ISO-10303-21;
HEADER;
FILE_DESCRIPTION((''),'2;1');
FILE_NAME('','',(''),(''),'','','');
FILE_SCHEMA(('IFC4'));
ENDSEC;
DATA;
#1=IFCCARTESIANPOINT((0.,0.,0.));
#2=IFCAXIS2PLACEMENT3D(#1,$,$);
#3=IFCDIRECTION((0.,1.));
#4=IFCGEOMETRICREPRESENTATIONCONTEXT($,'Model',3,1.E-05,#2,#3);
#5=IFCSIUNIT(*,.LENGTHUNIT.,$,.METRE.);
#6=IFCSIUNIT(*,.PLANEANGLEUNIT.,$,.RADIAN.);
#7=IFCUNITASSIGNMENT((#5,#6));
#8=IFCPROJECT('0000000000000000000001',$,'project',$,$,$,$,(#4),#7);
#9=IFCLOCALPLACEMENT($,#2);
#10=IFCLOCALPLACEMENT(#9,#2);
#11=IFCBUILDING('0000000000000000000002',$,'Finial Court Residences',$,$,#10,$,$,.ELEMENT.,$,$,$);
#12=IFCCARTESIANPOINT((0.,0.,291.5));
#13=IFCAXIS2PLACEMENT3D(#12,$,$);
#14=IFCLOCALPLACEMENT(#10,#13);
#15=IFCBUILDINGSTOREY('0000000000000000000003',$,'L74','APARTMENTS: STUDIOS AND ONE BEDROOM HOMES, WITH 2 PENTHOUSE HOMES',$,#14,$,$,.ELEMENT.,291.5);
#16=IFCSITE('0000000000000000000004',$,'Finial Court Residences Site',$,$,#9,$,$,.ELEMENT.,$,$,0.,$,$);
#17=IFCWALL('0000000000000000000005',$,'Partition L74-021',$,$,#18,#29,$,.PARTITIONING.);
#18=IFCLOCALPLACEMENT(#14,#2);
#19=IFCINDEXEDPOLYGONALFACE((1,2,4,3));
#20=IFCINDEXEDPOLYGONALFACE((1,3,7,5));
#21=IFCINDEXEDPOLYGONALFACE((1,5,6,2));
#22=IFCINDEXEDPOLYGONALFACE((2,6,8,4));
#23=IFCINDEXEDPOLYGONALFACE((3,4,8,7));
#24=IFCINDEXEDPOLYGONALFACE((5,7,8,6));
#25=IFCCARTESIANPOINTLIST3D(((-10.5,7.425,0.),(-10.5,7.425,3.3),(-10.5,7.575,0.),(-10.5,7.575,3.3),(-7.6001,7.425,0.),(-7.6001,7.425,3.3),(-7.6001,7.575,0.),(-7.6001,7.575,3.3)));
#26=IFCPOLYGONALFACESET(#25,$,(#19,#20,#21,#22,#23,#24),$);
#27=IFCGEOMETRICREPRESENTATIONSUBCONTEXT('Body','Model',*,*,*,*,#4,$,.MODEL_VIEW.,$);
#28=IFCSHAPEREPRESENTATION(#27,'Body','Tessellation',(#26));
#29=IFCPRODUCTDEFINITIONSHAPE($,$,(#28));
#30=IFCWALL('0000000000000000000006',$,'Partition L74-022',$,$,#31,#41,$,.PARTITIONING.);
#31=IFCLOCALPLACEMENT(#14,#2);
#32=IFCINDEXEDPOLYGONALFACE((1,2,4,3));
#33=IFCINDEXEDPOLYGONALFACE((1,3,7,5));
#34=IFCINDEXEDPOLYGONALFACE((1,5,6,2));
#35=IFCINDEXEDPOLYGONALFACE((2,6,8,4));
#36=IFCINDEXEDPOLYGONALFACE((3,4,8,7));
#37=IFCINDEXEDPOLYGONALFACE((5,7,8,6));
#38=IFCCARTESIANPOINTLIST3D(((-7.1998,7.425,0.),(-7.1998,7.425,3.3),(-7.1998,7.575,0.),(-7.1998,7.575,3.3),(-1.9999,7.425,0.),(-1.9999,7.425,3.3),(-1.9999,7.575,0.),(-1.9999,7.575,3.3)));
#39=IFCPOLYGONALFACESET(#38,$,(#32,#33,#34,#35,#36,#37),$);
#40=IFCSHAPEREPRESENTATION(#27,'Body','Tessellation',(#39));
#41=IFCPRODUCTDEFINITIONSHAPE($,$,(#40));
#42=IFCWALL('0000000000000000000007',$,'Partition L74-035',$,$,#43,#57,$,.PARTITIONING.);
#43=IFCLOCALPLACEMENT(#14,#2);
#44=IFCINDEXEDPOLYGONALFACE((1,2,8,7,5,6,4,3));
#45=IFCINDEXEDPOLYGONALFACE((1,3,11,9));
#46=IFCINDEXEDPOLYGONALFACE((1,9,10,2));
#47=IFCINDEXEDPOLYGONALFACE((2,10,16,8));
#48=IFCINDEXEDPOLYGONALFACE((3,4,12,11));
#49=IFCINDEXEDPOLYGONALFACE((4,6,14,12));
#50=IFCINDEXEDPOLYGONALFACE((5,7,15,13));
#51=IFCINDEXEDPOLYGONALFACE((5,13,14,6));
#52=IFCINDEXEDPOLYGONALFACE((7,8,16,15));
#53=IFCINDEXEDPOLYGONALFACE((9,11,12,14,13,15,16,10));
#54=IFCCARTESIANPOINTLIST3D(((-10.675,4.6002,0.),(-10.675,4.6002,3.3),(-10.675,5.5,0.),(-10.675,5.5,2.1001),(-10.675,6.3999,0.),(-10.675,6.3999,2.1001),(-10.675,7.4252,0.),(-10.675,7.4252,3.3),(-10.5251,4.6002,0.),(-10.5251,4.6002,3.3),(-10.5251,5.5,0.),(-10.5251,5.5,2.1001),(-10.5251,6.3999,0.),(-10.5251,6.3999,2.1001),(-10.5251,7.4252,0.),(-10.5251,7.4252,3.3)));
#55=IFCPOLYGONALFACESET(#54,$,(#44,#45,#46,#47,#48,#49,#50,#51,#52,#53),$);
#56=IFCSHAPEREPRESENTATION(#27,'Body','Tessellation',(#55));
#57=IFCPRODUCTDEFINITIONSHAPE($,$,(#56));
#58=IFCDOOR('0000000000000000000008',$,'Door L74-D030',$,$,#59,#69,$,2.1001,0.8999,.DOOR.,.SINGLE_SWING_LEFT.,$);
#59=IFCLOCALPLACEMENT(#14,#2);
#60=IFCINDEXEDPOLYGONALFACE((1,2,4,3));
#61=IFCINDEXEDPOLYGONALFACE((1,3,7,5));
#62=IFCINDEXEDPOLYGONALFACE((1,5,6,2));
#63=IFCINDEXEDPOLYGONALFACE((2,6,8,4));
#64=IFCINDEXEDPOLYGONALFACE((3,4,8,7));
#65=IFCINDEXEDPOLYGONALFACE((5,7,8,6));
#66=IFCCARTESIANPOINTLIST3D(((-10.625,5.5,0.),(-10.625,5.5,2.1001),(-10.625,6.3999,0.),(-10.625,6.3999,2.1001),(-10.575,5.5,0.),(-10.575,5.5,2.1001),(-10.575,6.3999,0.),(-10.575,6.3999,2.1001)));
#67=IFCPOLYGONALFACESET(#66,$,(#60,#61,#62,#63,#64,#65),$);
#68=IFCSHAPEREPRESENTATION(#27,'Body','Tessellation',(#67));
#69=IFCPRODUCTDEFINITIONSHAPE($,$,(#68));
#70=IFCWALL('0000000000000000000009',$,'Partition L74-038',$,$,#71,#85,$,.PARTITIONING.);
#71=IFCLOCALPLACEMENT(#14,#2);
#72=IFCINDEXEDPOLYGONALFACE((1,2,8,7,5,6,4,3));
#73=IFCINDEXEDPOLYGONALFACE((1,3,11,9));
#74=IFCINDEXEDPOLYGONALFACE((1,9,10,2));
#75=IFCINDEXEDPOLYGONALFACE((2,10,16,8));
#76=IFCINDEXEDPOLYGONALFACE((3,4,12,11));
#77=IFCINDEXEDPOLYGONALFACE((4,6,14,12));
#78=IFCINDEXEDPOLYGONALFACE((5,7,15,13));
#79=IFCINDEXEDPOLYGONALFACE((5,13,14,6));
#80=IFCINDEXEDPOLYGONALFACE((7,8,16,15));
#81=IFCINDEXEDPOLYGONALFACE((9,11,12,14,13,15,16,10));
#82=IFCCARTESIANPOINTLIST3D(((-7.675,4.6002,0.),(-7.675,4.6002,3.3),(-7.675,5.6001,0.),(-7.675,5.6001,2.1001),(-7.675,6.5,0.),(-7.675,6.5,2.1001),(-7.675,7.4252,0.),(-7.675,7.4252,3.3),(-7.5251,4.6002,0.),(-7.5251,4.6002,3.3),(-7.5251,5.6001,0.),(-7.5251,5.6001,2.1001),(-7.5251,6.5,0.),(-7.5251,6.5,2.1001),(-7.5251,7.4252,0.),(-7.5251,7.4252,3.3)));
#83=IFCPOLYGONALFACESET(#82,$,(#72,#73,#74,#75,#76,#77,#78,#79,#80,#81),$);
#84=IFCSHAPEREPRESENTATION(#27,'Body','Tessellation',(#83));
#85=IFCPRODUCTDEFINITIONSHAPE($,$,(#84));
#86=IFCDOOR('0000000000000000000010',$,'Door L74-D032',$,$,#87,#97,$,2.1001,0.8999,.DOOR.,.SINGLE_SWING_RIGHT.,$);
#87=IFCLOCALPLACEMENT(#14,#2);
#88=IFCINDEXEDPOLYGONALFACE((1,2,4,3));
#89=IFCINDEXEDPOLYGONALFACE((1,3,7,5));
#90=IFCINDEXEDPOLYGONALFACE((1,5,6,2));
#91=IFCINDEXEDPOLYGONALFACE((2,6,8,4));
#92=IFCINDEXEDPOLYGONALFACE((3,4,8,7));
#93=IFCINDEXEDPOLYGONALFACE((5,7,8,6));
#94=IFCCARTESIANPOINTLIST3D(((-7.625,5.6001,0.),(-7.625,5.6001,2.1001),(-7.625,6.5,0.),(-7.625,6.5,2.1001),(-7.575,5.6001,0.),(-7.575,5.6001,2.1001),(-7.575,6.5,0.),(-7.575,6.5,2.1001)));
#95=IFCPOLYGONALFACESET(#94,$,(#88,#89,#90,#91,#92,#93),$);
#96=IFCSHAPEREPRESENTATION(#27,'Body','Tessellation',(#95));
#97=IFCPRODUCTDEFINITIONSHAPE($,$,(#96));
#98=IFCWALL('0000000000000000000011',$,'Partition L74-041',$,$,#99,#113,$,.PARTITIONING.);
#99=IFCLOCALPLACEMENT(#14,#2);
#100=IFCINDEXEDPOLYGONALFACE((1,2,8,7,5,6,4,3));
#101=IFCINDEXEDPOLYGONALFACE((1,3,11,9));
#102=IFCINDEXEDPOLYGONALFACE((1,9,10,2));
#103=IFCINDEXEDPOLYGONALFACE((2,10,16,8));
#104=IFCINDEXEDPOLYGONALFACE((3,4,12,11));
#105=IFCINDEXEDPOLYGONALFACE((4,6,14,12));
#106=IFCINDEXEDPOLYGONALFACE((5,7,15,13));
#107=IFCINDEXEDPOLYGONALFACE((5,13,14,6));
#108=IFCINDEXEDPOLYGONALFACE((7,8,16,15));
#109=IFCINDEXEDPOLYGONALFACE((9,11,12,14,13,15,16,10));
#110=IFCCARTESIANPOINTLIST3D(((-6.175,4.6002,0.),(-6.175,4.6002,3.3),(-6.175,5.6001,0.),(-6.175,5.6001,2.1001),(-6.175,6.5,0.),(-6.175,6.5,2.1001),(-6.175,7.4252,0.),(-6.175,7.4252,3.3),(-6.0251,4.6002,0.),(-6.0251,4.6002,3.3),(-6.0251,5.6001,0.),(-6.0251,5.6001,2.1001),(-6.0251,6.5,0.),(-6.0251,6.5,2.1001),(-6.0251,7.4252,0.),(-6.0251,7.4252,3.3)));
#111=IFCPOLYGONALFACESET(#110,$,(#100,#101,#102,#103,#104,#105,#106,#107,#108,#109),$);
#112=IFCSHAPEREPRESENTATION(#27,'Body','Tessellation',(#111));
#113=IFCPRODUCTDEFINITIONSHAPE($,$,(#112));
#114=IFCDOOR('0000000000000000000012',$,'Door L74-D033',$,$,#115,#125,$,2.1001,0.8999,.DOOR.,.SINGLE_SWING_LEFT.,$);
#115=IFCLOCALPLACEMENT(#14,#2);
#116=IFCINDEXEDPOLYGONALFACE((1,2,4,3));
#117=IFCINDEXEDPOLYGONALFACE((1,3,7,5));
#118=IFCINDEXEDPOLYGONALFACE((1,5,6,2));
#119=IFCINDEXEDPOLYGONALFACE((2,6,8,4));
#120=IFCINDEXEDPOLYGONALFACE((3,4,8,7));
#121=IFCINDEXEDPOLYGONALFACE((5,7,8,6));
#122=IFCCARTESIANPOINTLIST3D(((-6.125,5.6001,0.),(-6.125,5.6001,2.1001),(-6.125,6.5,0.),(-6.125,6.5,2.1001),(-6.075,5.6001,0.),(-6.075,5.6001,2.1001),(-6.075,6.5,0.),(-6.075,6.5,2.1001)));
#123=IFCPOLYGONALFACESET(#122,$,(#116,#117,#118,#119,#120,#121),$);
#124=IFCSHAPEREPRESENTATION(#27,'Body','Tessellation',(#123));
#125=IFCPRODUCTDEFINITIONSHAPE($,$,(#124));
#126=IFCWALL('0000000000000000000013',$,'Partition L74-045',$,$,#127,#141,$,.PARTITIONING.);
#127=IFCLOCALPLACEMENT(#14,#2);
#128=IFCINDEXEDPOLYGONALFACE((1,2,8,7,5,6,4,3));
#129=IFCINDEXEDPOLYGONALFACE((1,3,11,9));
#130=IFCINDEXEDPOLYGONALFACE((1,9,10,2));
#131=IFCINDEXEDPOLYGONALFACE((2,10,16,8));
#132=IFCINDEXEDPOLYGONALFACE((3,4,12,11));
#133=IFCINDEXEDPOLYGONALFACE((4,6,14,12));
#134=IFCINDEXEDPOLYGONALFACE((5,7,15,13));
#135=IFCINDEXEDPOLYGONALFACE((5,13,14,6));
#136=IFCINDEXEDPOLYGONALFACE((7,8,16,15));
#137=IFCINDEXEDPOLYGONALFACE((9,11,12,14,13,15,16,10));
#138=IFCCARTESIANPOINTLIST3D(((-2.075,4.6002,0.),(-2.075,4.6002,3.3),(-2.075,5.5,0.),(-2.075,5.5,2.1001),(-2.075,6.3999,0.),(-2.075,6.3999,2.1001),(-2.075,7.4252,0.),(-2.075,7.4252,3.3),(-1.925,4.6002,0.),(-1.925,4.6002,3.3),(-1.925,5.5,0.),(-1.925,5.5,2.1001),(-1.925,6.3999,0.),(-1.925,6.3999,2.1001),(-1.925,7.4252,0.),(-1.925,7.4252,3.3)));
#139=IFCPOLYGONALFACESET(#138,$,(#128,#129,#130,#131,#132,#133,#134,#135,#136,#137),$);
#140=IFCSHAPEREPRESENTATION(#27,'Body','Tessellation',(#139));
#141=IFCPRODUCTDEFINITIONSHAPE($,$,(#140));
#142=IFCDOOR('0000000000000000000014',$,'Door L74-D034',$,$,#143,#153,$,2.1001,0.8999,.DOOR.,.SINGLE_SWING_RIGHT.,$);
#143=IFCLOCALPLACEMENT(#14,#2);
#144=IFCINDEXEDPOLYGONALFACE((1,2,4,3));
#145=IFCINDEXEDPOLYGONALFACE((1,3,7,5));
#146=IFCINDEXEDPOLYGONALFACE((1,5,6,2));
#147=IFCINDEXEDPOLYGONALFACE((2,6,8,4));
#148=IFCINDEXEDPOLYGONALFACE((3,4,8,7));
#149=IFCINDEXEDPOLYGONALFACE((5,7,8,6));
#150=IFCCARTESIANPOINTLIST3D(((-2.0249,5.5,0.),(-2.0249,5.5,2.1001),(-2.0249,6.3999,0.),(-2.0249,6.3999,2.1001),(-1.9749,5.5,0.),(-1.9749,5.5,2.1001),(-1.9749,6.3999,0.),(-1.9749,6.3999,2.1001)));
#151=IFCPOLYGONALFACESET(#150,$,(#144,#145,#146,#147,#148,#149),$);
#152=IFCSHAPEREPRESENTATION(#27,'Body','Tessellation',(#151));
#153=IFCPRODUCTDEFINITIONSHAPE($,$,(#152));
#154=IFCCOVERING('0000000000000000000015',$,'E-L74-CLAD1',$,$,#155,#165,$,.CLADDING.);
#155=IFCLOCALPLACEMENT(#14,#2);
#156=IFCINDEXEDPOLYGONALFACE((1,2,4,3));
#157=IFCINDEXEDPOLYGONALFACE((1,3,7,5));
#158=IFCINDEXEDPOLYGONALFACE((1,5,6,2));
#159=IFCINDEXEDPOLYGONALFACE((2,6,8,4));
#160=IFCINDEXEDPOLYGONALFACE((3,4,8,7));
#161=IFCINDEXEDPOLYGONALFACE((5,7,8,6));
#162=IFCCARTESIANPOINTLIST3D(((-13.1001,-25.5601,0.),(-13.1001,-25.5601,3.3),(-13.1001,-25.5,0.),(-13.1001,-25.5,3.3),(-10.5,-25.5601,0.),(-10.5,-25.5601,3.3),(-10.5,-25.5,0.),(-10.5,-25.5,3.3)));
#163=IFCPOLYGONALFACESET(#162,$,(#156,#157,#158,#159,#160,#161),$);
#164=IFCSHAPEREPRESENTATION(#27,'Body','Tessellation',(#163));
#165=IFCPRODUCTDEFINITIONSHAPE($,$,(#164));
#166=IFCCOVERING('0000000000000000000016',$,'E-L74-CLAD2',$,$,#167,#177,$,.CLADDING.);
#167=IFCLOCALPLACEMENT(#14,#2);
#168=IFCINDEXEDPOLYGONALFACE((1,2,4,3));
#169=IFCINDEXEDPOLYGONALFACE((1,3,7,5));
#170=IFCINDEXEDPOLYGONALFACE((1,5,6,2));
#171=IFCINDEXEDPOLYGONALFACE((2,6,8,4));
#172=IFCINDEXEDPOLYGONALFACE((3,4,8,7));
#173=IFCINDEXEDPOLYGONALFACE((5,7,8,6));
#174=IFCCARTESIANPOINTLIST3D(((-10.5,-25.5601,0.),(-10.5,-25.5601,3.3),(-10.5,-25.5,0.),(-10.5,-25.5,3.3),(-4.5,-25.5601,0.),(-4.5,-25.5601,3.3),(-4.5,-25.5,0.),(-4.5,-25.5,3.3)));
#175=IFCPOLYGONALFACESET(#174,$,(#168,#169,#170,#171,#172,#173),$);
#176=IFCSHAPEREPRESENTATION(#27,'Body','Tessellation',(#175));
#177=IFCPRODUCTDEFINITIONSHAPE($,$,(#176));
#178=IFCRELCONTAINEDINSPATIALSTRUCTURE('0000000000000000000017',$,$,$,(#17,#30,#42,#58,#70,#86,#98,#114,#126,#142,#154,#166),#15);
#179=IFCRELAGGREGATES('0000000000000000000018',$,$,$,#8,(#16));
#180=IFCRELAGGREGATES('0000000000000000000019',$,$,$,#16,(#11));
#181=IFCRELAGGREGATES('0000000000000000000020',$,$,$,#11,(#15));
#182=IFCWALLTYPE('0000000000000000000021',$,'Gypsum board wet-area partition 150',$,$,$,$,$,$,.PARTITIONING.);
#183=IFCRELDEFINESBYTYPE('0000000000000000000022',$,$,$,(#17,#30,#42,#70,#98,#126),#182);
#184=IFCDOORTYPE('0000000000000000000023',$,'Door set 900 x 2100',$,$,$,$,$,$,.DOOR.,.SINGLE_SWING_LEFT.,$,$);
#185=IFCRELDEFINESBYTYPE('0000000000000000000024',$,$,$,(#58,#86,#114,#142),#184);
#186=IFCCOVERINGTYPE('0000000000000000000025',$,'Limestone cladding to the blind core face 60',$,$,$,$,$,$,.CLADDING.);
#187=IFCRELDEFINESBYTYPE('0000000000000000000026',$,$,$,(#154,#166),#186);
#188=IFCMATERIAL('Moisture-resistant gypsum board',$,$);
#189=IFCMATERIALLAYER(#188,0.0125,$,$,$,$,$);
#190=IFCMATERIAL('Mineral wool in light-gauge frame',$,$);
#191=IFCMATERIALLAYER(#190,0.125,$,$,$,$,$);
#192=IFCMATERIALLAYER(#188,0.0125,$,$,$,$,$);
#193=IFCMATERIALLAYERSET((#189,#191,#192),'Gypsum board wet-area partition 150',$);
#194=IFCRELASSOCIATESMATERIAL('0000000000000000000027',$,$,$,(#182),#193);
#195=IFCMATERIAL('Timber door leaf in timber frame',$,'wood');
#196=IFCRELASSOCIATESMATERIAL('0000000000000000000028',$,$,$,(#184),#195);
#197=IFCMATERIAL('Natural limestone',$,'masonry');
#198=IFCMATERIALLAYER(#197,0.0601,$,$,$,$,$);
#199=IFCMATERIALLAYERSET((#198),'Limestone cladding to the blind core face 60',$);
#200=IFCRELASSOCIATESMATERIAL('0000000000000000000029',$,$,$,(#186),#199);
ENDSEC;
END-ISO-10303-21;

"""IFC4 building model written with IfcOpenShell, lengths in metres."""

from ifc_helpers import new_model, si_unit, direction, frame, frame_2d, origin, place, context, subcontext, project, spatial, polyline, rectangle, outline, extrude, material, layer, layer_set, type_object, element, fill, save


model = new_model("IFC4")

# Units and contexts
model_context = context("Model", 3, precision=1e-05, world=origin(), true_north=direction((0.0, 1.0)))
body_context = subcontext(model_context, "Body", "Model", "MODEL_VIEW")
ifc_project = project(units=[si_unit("LENGTHUNIT", "METRE"), si_unit("PLANEANGLEUNIT", "RADIAN")], contexts=[model_context])

# Site, building, storey
site_placement = place(None, origin())
site = spatial("IfcSite", under=ifc_project, at=site_placement, Name="Finial Court Residences Site", CompositionType="ELEMENT", RefElevation=0.0)
building_placement = place(site_placement, origin())
building = spatial("IfcBuilding", under=site, at=building_placement, Name="Finial Court Residences", CompositionType="ELEMENT")
storey_placement = place(building_placement, frame((0.0, 0.0, 291.5)))
storey = spatial("IfcBuildingStorey", under=building, at=storey_placement, Name="L74", Description="APARTMENTS: STUDIOS AND ONE BEDROOM HOMES, WITH 2 PENTHOUSE HOMES", CompositionType="ELEMENT", Elevation=291.5)

# Walls
ifc_material_1 = material(Name="Moisture-resistant gypsum board")
ifc_layer_1 = layer(ifc_material_1, 0.0125)
ifc_material_2 = material(Name="Mineral wool in light-gauge frame")
ifc_layer_2 = layer(ifc_material_2, 0.125)
ifc_layer_3 = layer(ifc_material_1, 0.0125)
ifc_layer_set_1 = layer_set([ifc_layer_1, ifc_layer_2, ifc_layer_3], Name="Gypsum board wet-area partition 150")
wall_type_1 = type_object("IfcWallType", Name="Gypsum board wet-area partition 150", PredefinedType="PARTITIONING", material=ifc_layer_set_1)
wall_1_placement = place(storey_placement, frame((-10.5, 7.5, 0.0), z_axis=(0.0, 0.0, 1.0), x_axis=(1.0, 0.0, 0.0)))
element("IfcWall", 1, at=wall_1_placement, inside=storey, type_object=wall_type_1, Name="Partition L74-021", PredefinedType="PARTITIONING", context=body_context, shape_type="SweptSolid", body=[
    extrude(rectangle(XDim=2.8999, YDim=0.1499, at=frame_2d((1.45, 0.0))), origin(), (0.0, 0.0, 1.0), 3.3),
])
wall_2_placement = place(storey_placement, frame((-7.2, 7.5, 0.0), z_axis=(0.0, 0.0, 1.0), x_axis=(1.0, 0.0, 0.0)))
element("IfcWall", 2, at=wall_2_placement, inside=storey, type_object=wall_type_1, Name="Partition L74-022", PredefinedType="PARTITIONING", context=body_context, shape_type="SweptSolid", body=[
    extrude(rectangle(XDim=5.2, YDim=0.1499, at=frame_2d((2.6001, 0.0))), origin(), (0.0, 0.0, 1.0), 3.3),
])

# Walls, openings, doors
wall_3_placement = place(storey_placement, frame((-10.6001, 4.6001, 0.0), z_axis=(0.0, 0.0, 1.0), x_axis=(0.0, 1.0, 0.0)))
wall_3 = element("IfcWall", 3, at=wall_3_placement, inside=storey, type_object=wall_type_1, Name="Partition L74-035", PredefinedType="PARTITIONING", context=body_context, shape_type="SweptSolid", body=[
    extrude(rectangle(XDim=2.825, YDim=0.1499, at=frame_2d((1.4126, 0.0))), origin(), (0.0, 0.0, 1.0), 3.3),
])
opening_1_placement = place(wall_3_placement, frame((0.8999, 0.0, 0.0)))
opening_1 = element("IfcOpeningElement", 4, at=opening_1_placement, cuts=wall_3, PredefinedType="OPENING", context=body_context, shape_type="SweptSolid", body=[
    extrude(rectangle(XDim=0.8999, YDim=2.1001, at=frame_2d((0.45, 1.05))), frame((0.0, 0.085, 0.0), z_axis=(0.0, -1.0, 0.0), x_axis=(1.0, 0.0, 0.0)), (0.0, 0.0, 1.0), 0.1699),
])
ifc_material_3 = material(Name="Timber door leaf in timber frame", Category="wood")
door_type = type_object("IfcDoorType", Name="Door set 900 x 2100", OperationType="SINGLE_SWING_LEFT", PredefinedType="DOOR", material=ifc_material_3)
door_1_placement = place(opening_1_placement, origin())
door_1 = element("IfcDoor", 5, at=door_1_placement, inside=storey, type_object=door_type, Name="Door L74-D030", OperationType="SINGLE_SWING_LEFT", OverallHeight=2.1001, OverallWidth=0.8999, PredefinedType="DOOR", context=body_context, shape_type="SweptSolid", body=[
    extrude(rectangle(XDim=0.8999, YDim=2.1001, at=frame_2d((0.45, 1.05))), frame((0.0, 0.0249, 0.0), z_axis=(0.0, -1.0, 0.0), x_axis=(1.0, 0.0, 0.0)), (0.0, 0.0, 1.0), 0.05),
])
fill(opening_1, door_1)
wall_4_placement = place(storey_placement, frame((-7.6001, 4.6001, 0.0), z_axis=(0.0, 0.0, 1.0), x_axis=(0.0, 1.0, 0.0)))
wall_4 = element("IfcWall", 6, at=wall_4_placement, inside=storey, type_object=wall_type_1, Name="Partition L74-038", PredefinedType="PARTITIONING", context=body_context, shape_type="SweptSolid", body=[
    extrude(rectangle(XDim=2.825, YDim=0.1499, at=frame_2d((1.4126, 0.0))), origin(), (0.0, 0.0, 1.0), 3.3),
])
opening_2_placement = place(wall_4_placement, frame((1.0, 0.0, 0.0)))
opening_2 = element("IfcOpeningElement", 7, at=opening_2_placement, cuts=wall_4, PredefinedType="OPENING", context=body_context, shape_type="SweptSolid", body=[
    extrude(rectangle(XDim=0.8999, YDim=2.1001, at=frame_2d((0.45, 1.05))), frame((0.0, 0.085, 0.0), z_axis=(0.0, -1.0, 0.0), x_axis=(1.0, 0.0, 0.0)), (0.0, 0.0, 1.0), 0.1699),
])
door_2_placement = place(opening_2_placement, origin())
door_2 = element("IfcDoor", 8, at=door_2_placement, inside=storey, type_object=door_type, Name="Door L74-D032", OperationType="SINGLE_SWING_RIGHT", OverallHeight=2.1001, OverallWidth=0.8999, PredefinedType="DOOR", context=body_context, shape_type="SweptSolid", body=[
    extrude(rectangle(XDim=0.8999, YDim=2.1001, at=frame_2d((0.45, 1.05))), frame((0.0, 0.0249, 0.0), z_axis=(0.0, -1.0, 0.0), x_axis=(1.0, 0.0, 0.0)), (0.0, 0.0, 1.0), 0.05),
])
fill(opening_2, door_2)
wall_5_placement = place(storey_placement, frame((-6.1001, 4.6001, 0.0), z_axis=(0.0, 0.0, 1.0), x_axis=(0.0, 1.0, 0.0)))
wall_5 = element("IfcWall", 9, at=wall_5_placement, inside=storey, type_object=wall_type_1, Name="Partition L74-041", PredefinedType="PARTITIONING", context=body_context, shape_type="SweptSolid", body=[
    extrude(rectangle(XDim=2.825, YDim=0.1499, at=frame_2d((1.4126, 0.0))), origin(), (0.0, 0.0, 1.0), 3.3),
])
opening_3_placement = place(wall_5_placement, frame((1.0, 0.0, 0.0)))
opening_3 = element("IfcOpeningElement", 10, at=opening_3_placement, cuts=wall_5, PredefinedType="OPENING", context=body_context, shape_type="SweptSolid", body=[
    extrude(rectangle(XDim=0.8999, YDim=2.1001, at=frame_2d((0.45, 1.05))), frame((0.0, 0.085, 0.0), z_axis=(0.0, -1.0, 0.0), x_axis=(1.0, 0.0, 0.0)), (0.0, 0.0, 1.0), 0.1699),
])
door_3_placement = place(opening_3_placement, origin())
door_3 = element("IfcDoor", 11, at=door_3_placement, inside=storey, type_object=door_type, Name="Door L74-D033", OperationType="SINGLE_SWING_LEFT", OverallHeight=2.1001, OverallWidth=0.8999, PredefinedType="DOOR", context=body_context, shape_type="SweptSolid", body=[
    extrude(rectangle(XDim=0.8999, YDim=2.1001, at=frame_2d((0.45, 1.05))), frame((0.0, 0.0249, 0.0), z_axis=(0.0, -1.0, 0.0), x_axis=(1.0, 0.0, 0.0)), (0.0, 0.0, 1.0), 0.05),
])
fill(opening_3, door_3)
wall_6_placement = place(storey_placement, frame((-2.0, 4.6001, 0.0), z_axis=(0.0, 0.0, 1.0), x_axis=(0.0, 1.0, 0.0)))
wall_6 = element("IfcWall", 12, at=wall_6_placement, inside=storey, type_object=wall_type_1, Name="Partition L74-045", PredefinedType="PARTITIONING", context=body_context, shape_type="SweptSolid", body=[
    extrude(rectangle(XDim=2.825, YDim=0.1499, at=frame_2d((1.4126, 0.0))), origin(), (0.0, 0.0, 1.0), 3.3),
])
opening_4_placement = place(wall_6_placement, frame((0.8999, 0.0, 0.0)))
opening_4 = element("IfcOpeningElement", 13, at=opening_4_placement, cuts=wall_6, PredefinedType="OPENING", context=body_context, shape_type="SweptSolid", body=[
    extrude(rectangle(XDim=0.8999, YDim=2.1001, at=frame_2d((0.45, 1.05))), frame((0.0, 0.085, 0.0), z_axis=(0.0, -1.0, 0.0), x_axis=(1.0, 0.0, 0.0)), (0.0, 0.0, 1.0), 0.1699),
])
door_4_placement = place(opening_4_placement, origin())
door_4 = element("IfcDoor", 14, at=door_4_placement, inside=storey, type_object=door_type, Name="Door L74-D034", OperationType="SINGLE_SWING_RIGHT", OverallHeight=2.1001, OverallWidth=0.8999, PredefinedType="DOOR", context=body_context, shape_type="SweptSolid", body=[
    extrude(rectangle(XDim=0.8999, YDim=2.1001, at=frame_2d((0.45, 1.05))), frame((0.0, 0.0249, 0.0), z_axis=(0.0, -1.0, 0.0), x_axis=(1.0, 0.0, 0.0)), (0.0, 0.0, 1.0), 0.05),
])
fill(opening_4, door_4)

# Coverings
ifc_material_4 = material(Name="Natural limestone", Category="masonry")
ifc_layer_4 = layer(ifc_material_4, 0.0601)
ifc_layer_set_2 = layer_set([ifc_layer_4], Name="Limestone cladding to the blind core face 60")
covering_type = type_object("IfcCoveringType", Name="Limestone cladding to the blind core face 60", PredefinedType="CLADDING", material=ifc_layer_set_2)
covering_1_placement = place(storey_placement, origin())
element("IfcCovering", 15, at=covering_1_placement, inside=storey, type_object=covering_type, Name="E-L74-CLAD1", PredefinedType="CLADDING", context=body_context, shape_type="SweptSolid", body=[
    extrude(outline(polyline([(-10.5, -25.5601), (-10.5, -25.5), (-13.1001, -25.5), (-13.1001, -25.5601), (-10.5, -25.5601)])), origin(), (0.0, 0.0, 1.0), 3.3),
])
covering_2_placement = place(storey_placement, origin())
element("IfcCovering", 16, at=covering_2_placement, inside=storey, type_object=covering_type, Name="E-L74-CLAD2", PredefinedType="CLADDING", context=body_context, shape_type="SweptSolid", body=[
    extrude(outline(polyline([(-4.5, -25.5601), (-4.5, -25.5), (-10.5, -25.5), (-10.5, -25.5601), (-4.5, -25.5601)])), origin(), (0.0, 0.0, 1.0), 3.3),
])

save(model, "model.ifc")
